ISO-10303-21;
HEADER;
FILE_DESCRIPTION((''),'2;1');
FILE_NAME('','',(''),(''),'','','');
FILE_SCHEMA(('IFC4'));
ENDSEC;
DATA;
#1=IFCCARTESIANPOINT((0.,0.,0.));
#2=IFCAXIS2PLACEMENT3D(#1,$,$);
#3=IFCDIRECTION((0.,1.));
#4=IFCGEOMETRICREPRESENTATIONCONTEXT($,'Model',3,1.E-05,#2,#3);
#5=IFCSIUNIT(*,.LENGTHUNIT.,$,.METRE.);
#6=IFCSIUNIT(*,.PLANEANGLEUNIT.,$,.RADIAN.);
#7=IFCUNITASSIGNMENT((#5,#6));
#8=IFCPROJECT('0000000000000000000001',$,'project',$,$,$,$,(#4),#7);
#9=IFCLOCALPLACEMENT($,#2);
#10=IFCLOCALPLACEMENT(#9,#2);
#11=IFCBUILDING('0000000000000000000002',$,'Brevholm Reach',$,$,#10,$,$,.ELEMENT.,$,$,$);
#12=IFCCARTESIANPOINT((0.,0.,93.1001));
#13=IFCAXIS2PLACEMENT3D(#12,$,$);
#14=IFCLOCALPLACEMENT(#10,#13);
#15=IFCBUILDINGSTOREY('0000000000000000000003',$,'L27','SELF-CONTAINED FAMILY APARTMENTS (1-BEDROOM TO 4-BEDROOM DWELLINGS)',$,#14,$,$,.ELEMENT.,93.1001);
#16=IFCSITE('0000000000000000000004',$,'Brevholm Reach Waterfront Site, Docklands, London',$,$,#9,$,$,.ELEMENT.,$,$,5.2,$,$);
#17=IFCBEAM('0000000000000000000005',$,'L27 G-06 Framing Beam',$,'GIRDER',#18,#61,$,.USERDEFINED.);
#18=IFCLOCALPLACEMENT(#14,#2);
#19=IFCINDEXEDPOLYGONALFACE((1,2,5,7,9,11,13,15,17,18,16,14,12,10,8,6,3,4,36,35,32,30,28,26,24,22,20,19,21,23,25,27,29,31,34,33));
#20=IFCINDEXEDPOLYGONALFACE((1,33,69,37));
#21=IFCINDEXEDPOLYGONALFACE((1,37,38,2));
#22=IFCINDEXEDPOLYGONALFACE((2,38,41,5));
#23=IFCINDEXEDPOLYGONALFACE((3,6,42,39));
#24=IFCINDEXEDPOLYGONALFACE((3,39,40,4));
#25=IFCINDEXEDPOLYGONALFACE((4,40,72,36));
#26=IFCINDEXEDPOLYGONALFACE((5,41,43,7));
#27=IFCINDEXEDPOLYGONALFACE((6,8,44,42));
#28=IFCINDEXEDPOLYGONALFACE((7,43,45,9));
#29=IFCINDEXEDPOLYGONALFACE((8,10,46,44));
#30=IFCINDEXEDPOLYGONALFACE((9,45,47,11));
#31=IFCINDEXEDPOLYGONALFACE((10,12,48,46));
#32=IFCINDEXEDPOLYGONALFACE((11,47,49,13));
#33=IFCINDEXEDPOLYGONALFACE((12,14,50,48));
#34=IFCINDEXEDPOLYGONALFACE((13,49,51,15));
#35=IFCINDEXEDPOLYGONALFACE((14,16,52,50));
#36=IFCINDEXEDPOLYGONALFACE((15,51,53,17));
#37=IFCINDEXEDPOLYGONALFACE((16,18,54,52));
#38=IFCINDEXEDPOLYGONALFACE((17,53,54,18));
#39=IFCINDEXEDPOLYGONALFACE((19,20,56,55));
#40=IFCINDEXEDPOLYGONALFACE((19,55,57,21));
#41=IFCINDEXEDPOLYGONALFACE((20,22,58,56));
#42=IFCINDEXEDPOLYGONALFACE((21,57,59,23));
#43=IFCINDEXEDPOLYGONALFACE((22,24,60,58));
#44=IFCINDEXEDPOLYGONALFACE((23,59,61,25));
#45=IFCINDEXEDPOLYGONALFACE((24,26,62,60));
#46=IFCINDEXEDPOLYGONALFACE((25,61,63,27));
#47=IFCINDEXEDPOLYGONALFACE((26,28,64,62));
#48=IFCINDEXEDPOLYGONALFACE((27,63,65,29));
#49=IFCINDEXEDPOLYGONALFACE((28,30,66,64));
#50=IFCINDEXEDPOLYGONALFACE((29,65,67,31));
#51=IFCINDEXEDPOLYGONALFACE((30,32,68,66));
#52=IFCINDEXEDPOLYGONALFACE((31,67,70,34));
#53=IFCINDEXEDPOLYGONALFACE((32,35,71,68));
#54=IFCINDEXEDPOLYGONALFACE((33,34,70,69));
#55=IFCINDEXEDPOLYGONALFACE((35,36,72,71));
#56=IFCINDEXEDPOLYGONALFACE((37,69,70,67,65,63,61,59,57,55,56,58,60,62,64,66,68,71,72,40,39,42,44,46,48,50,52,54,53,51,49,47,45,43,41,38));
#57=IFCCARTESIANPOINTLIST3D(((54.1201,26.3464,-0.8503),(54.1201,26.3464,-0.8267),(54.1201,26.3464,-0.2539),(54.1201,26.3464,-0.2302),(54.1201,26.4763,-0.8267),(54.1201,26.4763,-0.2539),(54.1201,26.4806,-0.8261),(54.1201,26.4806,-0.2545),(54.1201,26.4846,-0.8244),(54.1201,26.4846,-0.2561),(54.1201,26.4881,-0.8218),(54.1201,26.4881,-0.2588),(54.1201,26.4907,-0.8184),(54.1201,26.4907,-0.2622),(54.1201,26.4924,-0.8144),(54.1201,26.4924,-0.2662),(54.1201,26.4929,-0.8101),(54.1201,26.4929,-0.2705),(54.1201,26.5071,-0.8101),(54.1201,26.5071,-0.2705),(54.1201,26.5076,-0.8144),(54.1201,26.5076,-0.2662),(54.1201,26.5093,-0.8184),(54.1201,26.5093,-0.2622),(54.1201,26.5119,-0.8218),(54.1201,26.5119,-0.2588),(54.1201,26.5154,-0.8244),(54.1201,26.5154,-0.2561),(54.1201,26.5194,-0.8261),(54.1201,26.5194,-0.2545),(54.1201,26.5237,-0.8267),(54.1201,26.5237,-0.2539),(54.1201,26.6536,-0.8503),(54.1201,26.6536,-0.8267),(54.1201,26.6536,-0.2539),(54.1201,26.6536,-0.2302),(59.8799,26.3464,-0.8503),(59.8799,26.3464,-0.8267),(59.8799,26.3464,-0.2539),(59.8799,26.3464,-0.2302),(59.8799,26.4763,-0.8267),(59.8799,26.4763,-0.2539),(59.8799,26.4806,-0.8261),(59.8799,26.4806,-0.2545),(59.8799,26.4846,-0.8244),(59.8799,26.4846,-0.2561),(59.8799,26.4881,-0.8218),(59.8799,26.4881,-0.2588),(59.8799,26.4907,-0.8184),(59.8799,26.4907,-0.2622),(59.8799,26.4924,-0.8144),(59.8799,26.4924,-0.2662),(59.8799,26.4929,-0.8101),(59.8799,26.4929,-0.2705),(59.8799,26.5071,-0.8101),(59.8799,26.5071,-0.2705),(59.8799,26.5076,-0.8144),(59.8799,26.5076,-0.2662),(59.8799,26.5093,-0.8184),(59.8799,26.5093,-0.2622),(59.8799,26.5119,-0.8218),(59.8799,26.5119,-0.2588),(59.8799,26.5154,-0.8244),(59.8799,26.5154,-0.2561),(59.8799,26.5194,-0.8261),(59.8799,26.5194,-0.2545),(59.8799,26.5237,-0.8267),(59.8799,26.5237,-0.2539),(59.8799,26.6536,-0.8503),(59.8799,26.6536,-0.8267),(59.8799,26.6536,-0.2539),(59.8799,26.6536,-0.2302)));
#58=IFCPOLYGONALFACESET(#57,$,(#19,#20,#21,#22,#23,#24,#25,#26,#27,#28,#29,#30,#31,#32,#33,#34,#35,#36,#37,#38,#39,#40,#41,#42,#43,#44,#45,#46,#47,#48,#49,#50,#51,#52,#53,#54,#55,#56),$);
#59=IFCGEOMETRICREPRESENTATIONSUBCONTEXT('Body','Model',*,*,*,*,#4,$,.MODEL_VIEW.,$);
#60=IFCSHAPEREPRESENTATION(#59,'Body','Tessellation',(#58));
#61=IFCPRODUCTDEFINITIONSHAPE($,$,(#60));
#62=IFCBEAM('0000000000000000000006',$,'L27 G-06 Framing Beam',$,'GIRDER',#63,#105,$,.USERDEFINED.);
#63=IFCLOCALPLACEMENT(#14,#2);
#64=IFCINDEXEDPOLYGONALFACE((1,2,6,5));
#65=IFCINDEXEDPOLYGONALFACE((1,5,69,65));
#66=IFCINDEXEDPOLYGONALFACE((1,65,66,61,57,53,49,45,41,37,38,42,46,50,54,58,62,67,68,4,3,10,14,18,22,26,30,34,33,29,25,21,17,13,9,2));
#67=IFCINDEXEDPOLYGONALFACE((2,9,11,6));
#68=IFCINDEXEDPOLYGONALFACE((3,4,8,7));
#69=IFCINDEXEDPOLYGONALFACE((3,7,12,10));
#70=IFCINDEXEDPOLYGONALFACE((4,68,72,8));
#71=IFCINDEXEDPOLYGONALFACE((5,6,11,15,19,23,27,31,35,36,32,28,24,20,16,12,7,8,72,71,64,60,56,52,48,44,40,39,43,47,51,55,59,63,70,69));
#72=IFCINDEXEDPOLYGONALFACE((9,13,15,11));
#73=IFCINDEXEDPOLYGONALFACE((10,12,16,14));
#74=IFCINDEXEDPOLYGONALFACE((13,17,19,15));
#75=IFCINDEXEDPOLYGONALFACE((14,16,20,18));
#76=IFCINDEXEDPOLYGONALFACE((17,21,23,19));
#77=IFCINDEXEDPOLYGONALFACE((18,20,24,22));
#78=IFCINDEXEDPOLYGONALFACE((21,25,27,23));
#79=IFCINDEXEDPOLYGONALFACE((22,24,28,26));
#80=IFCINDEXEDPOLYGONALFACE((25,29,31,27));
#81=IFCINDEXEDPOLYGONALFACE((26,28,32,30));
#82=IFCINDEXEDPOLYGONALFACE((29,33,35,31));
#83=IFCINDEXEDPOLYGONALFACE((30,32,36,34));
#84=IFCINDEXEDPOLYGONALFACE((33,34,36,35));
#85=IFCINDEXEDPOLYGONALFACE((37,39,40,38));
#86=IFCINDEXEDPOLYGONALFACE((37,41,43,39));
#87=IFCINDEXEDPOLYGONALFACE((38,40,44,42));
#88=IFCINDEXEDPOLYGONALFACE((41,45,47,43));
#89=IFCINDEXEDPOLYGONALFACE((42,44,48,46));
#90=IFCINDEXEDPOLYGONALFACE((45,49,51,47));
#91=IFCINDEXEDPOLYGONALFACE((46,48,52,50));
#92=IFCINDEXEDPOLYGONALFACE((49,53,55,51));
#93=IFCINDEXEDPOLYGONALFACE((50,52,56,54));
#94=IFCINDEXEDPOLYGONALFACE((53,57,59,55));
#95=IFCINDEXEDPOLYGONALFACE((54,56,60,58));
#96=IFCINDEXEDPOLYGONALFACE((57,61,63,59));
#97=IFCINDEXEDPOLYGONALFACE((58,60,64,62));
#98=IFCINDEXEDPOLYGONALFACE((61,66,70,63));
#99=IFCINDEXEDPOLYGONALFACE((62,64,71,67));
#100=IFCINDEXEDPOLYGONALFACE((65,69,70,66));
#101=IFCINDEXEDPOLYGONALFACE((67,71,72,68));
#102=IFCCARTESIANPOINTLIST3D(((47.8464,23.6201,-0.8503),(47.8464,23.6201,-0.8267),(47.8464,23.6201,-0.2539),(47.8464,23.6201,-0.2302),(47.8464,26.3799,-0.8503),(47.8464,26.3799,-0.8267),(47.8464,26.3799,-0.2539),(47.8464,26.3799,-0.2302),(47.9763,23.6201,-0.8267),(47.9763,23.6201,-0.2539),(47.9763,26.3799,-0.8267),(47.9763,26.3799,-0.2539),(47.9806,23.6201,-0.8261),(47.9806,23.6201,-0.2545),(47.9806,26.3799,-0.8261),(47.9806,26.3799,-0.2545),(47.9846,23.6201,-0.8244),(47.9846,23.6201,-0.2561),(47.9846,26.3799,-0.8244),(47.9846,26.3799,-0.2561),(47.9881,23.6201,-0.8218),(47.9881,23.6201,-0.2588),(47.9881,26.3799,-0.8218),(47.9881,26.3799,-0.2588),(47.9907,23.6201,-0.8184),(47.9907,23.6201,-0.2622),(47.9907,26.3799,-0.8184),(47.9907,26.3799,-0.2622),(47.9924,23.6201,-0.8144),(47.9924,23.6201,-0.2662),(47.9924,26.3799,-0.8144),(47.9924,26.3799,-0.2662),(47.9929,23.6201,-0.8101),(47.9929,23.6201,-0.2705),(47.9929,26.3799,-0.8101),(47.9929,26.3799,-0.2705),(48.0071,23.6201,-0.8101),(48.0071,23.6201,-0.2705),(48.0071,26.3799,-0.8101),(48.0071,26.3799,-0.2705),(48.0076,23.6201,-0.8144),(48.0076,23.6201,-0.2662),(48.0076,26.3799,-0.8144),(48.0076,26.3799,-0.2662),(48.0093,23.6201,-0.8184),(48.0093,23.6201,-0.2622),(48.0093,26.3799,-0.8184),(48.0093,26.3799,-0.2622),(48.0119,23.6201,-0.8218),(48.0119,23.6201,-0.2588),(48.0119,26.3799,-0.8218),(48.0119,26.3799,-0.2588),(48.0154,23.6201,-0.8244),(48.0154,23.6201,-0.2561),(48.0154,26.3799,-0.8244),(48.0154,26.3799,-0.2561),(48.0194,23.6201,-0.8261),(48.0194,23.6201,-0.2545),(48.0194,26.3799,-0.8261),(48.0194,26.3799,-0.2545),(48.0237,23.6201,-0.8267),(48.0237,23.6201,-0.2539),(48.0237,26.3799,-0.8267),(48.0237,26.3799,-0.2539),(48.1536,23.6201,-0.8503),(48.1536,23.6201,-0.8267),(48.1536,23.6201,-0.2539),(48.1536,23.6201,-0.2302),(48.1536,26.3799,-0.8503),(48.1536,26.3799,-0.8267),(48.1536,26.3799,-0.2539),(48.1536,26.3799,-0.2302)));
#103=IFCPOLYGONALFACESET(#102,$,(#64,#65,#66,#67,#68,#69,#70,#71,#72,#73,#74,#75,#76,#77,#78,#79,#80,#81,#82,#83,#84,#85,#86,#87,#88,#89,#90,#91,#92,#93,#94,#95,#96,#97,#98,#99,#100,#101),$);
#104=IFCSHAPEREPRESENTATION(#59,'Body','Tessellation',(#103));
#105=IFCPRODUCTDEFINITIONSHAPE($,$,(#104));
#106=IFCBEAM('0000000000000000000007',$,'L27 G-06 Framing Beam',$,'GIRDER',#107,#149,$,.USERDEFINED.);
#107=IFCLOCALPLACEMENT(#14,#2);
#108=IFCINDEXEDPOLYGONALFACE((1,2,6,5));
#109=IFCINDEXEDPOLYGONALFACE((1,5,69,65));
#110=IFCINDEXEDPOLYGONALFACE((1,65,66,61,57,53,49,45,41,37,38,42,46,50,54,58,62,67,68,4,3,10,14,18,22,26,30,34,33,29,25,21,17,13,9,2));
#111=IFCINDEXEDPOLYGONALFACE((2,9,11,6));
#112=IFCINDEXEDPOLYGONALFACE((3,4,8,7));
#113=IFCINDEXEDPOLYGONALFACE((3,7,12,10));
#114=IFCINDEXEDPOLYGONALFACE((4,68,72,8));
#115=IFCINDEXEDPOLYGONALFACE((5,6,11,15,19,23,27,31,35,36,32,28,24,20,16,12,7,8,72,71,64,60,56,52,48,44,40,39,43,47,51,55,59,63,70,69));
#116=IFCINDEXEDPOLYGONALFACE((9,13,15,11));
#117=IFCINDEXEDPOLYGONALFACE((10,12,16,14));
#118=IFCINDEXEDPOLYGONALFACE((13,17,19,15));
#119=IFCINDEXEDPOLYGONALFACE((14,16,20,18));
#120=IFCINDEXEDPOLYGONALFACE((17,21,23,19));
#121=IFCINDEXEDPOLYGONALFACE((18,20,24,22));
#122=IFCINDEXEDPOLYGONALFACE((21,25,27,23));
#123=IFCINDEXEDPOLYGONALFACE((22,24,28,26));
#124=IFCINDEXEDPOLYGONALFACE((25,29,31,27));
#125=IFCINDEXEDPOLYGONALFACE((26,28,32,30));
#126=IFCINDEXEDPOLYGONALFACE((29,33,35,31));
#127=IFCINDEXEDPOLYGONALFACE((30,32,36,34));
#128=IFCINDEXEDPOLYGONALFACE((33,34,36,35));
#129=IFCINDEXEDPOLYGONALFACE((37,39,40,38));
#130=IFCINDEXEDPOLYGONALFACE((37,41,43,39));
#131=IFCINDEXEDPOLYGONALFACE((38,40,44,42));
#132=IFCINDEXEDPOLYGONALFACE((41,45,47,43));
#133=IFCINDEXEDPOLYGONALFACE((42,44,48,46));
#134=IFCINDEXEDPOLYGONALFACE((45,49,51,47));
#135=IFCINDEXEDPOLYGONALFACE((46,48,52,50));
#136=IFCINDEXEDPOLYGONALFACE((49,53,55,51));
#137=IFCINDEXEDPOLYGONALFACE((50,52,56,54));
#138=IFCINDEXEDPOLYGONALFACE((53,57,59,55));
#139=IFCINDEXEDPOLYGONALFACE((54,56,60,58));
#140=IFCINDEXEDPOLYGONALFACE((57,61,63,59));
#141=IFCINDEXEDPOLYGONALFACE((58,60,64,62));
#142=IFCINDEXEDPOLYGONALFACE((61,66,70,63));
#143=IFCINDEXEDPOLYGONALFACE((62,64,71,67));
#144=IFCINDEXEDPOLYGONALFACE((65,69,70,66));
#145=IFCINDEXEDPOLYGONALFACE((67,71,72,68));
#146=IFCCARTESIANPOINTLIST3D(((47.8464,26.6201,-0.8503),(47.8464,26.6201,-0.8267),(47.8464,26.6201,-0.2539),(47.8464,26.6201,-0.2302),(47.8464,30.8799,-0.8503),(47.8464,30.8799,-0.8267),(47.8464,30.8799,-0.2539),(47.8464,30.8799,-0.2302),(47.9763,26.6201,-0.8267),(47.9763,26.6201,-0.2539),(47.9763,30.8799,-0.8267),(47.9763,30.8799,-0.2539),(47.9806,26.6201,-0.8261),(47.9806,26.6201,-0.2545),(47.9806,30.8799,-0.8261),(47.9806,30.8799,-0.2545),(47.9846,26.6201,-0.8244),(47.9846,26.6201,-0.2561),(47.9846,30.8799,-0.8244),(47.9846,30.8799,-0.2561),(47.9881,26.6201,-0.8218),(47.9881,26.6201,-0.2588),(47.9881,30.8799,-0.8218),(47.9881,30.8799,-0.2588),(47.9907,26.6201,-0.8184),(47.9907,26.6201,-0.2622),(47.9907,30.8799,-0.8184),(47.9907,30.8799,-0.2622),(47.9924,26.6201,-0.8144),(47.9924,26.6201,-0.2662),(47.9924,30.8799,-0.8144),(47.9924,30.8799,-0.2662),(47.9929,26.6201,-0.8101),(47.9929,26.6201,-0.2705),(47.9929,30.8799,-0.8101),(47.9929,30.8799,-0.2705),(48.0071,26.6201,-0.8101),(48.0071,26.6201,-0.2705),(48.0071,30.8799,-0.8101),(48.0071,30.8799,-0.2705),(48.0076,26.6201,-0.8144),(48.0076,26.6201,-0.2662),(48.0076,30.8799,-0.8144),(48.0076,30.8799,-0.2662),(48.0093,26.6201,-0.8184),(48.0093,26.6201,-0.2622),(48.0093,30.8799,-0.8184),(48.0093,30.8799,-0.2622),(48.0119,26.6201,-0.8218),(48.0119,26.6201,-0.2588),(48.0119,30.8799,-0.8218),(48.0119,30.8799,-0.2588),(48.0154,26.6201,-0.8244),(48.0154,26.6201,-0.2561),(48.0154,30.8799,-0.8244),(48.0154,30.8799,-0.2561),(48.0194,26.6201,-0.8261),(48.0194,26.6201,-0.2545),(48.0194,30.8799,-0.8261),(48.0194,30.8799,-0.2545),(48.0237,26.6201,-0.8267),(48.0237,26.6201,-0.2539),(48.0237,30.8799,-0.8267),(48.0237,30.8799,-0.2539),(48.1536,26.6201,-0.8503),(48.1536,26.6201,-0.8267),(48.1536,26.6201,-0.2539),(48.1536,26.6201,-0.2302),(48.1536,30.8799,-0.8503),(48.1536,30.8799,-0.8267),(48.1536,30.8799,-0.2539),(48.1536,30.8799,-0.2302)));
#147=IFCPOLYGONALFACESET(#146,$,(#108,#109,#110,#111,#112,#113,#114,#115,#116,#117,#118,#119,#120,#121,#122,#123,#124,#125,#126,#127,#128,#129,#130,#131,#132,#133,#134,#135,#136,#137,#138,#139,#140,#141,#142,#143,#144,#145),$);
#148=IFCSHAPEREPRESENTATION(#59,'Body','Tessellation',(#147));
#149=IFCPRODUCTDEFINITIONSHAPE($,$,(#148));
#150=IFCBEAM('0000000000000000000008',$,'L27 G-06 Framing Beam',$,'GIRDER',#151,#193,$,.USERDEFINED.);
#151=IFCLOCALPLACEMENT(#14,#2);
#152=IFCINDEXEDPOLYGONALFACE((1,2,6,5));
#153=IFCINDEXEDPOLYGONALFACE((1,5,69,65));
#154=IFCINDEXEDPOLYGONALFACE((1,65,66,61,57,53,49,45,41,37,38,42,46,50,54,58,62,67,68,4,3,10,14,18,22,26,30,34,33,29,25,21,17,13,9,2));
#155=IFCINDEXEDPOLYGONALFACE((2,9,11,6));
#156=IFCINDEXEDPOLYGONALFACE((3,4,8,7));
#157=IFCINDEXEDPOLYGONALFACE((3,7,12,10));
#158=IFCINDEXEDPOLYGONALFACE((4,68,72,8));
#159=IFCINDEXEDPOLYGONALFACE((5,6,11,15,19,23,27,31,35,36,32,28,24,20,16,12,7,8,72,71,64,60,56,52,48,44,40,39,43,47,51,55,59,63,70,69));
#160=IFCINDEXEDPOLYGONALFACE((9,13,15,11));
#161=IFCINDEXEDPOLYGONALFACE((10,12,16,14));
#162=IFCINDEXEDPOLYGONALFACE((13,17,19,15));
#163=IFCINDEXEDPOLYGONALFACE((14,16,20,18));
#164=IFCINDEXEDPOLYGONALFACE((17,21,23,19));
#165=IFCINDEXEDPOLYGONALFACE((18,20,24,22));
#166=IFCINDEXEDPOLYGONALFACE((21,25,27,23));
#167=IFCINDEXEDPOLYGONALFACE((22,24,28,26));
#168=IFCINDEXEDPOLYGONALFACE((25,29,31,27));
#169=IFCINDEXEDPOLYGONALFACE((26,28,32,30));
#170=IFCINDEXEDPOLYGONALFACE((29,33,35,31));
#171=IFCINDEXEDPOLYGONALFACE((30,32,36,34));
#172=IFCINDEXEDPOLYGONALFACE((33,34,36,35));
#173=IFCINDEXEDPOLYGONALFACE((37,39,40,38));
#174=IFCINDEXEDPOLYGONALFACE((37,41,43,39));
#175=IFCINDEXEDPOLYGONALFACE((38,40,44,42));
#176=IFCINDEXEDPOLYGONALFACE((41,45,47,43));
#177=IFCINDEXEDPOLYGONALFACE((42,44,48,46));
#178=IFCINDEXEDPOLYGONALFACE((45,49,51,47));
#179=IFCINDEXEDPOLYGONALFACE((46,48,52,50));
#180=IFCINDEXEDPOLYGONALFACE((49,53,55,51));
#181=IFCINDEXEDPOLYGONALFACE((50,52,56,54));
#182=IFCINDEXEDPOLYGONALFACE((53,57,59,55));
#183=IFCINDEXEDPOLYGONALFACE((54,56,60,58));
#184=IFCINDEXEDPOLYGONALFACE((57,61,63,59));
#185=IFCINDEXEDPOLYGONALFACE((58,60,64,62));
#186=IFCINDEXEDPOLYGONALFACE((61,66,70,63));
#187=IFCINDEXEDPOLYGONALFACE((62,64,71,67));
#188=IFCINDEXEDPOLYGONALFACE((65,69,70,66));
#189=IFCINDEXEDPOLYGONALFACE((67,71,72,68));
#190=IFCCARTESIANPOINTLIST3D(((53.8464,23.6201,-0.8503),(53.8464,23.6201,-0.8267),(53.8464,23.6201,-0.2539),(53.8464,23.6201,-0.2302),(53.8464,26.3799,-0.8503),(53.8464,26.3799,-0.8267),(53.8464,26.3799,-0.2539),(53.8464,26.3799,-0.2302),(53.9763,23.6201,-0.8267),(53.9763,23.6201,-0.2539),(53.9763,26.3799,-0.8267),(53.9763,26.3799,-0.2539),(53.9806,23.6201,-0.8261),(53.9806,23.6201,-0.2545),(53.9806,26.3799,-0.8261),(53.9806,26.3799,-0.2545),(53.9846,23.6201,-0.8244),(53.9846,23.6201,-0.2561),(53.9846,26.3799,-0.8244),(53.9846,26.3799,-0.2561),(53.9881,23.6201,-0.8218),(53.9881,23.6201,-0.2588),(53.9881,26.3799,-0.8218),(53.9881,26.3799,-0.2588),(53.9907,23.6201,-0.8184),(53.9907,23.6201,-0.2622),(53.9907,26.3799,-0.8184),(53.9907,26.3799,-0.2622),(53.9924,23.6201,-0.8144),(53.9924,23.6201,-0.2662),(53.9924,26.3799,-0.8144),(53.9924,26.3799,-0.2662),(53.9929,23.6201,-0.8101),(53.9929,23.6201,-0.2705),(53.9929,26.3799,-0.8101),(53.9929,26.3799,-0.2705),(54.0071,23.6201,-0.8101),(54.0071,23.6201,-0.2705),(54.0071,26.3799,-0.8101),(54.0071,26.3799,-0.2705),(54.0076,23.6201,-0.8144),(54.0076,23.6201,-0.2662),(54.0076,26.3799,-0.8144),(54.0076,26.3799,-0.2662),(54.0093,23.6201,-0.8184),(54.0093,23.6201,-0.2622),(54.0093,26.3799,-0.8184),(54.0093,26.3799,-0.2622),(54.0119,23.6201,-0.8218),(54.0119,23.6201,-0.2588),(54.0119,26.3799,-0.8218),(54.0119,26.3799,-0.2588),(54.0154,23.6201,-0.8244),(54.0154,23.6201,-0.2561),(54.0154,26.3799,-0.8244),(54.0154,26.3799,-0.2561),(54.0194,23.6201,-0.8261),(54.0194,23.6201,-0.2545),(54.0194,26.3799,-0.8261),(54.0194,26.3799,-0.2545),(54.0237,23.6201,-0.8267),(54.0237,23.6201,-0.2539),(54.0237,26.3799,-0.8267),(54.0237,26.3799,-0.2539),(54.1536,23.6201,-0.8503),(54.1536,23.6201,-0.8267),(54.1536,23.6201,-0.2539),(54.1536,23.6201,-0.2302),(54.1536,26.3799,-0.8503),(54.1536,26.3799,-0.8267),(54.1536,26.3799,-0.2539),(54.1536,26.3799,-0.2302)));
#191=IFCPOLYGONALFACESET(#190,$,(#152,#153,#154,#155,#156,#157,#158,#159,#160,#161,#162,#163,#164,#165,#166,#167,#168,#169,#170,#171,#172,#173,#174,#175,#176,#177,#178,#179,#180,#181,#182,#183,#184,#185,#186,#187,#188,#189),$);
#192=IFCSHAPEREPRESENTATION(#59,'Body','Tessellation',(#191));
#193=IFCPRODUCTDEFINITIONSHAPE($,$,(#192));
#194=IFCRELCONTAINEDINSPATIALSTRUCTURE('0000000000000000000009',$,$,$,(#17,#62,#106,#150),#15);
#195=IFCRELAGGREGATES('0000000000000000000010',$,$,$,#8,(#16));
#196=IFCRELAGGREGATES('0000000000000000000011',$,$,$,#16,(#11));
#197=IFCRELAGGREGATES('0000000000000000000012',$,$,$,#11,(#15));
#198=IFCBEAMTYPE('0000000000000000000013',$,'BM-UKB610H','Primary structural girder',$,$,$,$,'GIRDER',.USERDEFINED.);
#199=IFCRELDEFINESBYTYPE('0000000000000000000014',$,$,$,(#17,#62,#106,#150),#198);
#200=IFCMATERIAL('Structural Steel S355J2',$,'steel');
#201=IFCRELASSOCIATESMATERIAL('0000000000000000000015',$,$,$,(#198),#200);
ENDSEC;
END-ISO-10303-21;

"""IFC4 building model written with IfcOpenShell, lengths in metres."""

from ifc_helpers import new_model, si_unit, direction, frame, origin, origin_2d, place, context, subcontext, project, spatial, i_section, extrude, material, material_profile, profile_set, type_object, element, save


model = new_model("IFC4")

# Units and contexts
model_context = context("Model", 3, precision=1e-05, world=origin(), true_north=direction((0.0, 1.0)))
body_context = subcontext(model_context, "Body", "Model", "MODEL_VIEW")
ifc_project = project(units=[si_unit("LENGTHUNIT", "METRE"), si_unit("PLANEANGLEUNIT", "RADIAN")], contexts=[model_context])

# Site, building, storey
site_placement = place(None, origin())
site = spatial("IfcSite", under=ifc_project, at=site_placement, Name="Brevholm Reach Waterfront Site, Docklands, London", CompositionType="ELEMENT", RefElevation=5.2)
building_placement = place(site_placement, origin())
building = spatial("IfcBuilding", under=site, at=building_placement, Name="Brevholm Reach", CompositionType="ELEMENT")
storey_placement = place(building_placement, frame((0.0, 0.0, 93.1001)))
storey = spatial("IfcBuildingStorey", under=building, at=storey_placement, Name="L27", Description="SELF-CONTAINED FAMILY APARTMENTS (1-BEDROOM TO 4-BEDROOM DWELLINGS)", CompositionType="ELEMENT", Elevation=93.1001)

# Beams
ifc_material_1 = material(Name="Structural Steel S355J2", Category="steel")
ifc_material_profile_1 = material_profile(ifc_material_1, i_section(OverallWidth=0.3071, OverallDepth=0.6201, WebThickness=0.0142, FlangeThickness=0.0237, FilletRadius=0.0166, at=origin_2d()), Name="UKB 610x305x179")
ifc_profile_set_1 = profile_set([ifc_material_profile_1], Name="Structural Steel S355J2")
beam_type_1 = type_object("IfcBeamType", Name="BM-UKB610H", Description="Primary structural girder", ElementType="GIRDER", PredefinedType="USERDEFINED", material=ifc_profile_set_1)
for number, where, z_axis, x_axis, name in (
    (1, (54.1201, 26.5, -0.5403), (1.0, 0.0, 0.0), (0.0, 1.0, 0.0), "L27 G-06 Framing Beam"),
):
    element("IfcBeam", number, at=place(storey_placement, frame(where, z_axis=z_axis, x_axis=x_axis)), inside=storey, type_object=beam_type_1, Name=name, ObjectType="GIRDER", PredefinedType="USERDEFINED", context=body_context, shape_type="SweptSolid", body=[
        extrude(i_section(OverallWidth=0.3071, OverallDepth=0.6201, WebThickness=0.0142, FlangeThickness=0.0237, FilletRadius=0.0166, at=origin_2d()), origin(), (0.0, 0.0, 1.0), 5.7598),
    ])
beam_1_placement = place(storey_placement, frame((48.0, 23.6201, -0.5403), z_axis=(0.0, 1.0, 0.0), x_axis=(-1.0, 0.0, 0.0)))
element("IfcBeam", 2, at=beam_1_placement, inside=storey, type_object=beam_type_1, Name="L27 G-06 Framing Beam", ObjectType="GIRDER", PredefinedType="USERDEFINED", context=body_context, shape_type="SweptSolid", body=[
    extrude(i_section(OverallWidth=0.3071, OverallDepth=0.6201, WebThickness=0.0142, FlangeThickness=0.0237, FilletRadius=0.0166, at=origin_2d()), origin(), (0.0, 0.0, 1.0), 2.7598),
])
beam_2_placement = place(storey_placement, frame((48.0, 26.6201, -0.5403), z_axis=(0.0, 1.0, 0.0), x_axis=(-1.0, 0.0, 0.0)))
element("IfcBeam", 3, at=beam_2_placement, inside=storey, type_object=beam_type_1, Name="L27 G-06 Framing Beam", ObjectType="GIRDER", PredefinedType="USERDEFINED", context=body_context, shape_type="SweptSolid", body=[
    extrude(i_section(OverallWidth=0.3071, OverallDepth=0.6201, WebThickness=0.0142, FlangeThickness=0.0237, FilletRadius=0.0166, at=origin_2d()), origin(), (0.0, 0.0, 1.0), 4.2598),
])
beam_3_placement = place(storey_placement, frame((54.0, 23.6201, -0.5403), z_axis=(0.0, 1.0, 0.0), x_axis=(-1.0, 0.0, 0.0)))
element("IfcBeam", 4, at=beam_3_placement, inside=storey, type_object=beam_type_1, Name="L27 G-06 Framing Beam", ObjectType="GIRDER", PredefinedType="USERDEFINED", context=body_context, shape_type="SweptSolid", body=[
    extrude(i_section(OverallWidth=0.3071, OverallDepth=0.6201, WebThickness=0.0142, FlangeThickness=0.0237, FilletRadius=0.0166, at=origin_2d()), origin(), (0.0, 0.0, 1.0), 2.7598),
])

save(model, "model.ifc")
